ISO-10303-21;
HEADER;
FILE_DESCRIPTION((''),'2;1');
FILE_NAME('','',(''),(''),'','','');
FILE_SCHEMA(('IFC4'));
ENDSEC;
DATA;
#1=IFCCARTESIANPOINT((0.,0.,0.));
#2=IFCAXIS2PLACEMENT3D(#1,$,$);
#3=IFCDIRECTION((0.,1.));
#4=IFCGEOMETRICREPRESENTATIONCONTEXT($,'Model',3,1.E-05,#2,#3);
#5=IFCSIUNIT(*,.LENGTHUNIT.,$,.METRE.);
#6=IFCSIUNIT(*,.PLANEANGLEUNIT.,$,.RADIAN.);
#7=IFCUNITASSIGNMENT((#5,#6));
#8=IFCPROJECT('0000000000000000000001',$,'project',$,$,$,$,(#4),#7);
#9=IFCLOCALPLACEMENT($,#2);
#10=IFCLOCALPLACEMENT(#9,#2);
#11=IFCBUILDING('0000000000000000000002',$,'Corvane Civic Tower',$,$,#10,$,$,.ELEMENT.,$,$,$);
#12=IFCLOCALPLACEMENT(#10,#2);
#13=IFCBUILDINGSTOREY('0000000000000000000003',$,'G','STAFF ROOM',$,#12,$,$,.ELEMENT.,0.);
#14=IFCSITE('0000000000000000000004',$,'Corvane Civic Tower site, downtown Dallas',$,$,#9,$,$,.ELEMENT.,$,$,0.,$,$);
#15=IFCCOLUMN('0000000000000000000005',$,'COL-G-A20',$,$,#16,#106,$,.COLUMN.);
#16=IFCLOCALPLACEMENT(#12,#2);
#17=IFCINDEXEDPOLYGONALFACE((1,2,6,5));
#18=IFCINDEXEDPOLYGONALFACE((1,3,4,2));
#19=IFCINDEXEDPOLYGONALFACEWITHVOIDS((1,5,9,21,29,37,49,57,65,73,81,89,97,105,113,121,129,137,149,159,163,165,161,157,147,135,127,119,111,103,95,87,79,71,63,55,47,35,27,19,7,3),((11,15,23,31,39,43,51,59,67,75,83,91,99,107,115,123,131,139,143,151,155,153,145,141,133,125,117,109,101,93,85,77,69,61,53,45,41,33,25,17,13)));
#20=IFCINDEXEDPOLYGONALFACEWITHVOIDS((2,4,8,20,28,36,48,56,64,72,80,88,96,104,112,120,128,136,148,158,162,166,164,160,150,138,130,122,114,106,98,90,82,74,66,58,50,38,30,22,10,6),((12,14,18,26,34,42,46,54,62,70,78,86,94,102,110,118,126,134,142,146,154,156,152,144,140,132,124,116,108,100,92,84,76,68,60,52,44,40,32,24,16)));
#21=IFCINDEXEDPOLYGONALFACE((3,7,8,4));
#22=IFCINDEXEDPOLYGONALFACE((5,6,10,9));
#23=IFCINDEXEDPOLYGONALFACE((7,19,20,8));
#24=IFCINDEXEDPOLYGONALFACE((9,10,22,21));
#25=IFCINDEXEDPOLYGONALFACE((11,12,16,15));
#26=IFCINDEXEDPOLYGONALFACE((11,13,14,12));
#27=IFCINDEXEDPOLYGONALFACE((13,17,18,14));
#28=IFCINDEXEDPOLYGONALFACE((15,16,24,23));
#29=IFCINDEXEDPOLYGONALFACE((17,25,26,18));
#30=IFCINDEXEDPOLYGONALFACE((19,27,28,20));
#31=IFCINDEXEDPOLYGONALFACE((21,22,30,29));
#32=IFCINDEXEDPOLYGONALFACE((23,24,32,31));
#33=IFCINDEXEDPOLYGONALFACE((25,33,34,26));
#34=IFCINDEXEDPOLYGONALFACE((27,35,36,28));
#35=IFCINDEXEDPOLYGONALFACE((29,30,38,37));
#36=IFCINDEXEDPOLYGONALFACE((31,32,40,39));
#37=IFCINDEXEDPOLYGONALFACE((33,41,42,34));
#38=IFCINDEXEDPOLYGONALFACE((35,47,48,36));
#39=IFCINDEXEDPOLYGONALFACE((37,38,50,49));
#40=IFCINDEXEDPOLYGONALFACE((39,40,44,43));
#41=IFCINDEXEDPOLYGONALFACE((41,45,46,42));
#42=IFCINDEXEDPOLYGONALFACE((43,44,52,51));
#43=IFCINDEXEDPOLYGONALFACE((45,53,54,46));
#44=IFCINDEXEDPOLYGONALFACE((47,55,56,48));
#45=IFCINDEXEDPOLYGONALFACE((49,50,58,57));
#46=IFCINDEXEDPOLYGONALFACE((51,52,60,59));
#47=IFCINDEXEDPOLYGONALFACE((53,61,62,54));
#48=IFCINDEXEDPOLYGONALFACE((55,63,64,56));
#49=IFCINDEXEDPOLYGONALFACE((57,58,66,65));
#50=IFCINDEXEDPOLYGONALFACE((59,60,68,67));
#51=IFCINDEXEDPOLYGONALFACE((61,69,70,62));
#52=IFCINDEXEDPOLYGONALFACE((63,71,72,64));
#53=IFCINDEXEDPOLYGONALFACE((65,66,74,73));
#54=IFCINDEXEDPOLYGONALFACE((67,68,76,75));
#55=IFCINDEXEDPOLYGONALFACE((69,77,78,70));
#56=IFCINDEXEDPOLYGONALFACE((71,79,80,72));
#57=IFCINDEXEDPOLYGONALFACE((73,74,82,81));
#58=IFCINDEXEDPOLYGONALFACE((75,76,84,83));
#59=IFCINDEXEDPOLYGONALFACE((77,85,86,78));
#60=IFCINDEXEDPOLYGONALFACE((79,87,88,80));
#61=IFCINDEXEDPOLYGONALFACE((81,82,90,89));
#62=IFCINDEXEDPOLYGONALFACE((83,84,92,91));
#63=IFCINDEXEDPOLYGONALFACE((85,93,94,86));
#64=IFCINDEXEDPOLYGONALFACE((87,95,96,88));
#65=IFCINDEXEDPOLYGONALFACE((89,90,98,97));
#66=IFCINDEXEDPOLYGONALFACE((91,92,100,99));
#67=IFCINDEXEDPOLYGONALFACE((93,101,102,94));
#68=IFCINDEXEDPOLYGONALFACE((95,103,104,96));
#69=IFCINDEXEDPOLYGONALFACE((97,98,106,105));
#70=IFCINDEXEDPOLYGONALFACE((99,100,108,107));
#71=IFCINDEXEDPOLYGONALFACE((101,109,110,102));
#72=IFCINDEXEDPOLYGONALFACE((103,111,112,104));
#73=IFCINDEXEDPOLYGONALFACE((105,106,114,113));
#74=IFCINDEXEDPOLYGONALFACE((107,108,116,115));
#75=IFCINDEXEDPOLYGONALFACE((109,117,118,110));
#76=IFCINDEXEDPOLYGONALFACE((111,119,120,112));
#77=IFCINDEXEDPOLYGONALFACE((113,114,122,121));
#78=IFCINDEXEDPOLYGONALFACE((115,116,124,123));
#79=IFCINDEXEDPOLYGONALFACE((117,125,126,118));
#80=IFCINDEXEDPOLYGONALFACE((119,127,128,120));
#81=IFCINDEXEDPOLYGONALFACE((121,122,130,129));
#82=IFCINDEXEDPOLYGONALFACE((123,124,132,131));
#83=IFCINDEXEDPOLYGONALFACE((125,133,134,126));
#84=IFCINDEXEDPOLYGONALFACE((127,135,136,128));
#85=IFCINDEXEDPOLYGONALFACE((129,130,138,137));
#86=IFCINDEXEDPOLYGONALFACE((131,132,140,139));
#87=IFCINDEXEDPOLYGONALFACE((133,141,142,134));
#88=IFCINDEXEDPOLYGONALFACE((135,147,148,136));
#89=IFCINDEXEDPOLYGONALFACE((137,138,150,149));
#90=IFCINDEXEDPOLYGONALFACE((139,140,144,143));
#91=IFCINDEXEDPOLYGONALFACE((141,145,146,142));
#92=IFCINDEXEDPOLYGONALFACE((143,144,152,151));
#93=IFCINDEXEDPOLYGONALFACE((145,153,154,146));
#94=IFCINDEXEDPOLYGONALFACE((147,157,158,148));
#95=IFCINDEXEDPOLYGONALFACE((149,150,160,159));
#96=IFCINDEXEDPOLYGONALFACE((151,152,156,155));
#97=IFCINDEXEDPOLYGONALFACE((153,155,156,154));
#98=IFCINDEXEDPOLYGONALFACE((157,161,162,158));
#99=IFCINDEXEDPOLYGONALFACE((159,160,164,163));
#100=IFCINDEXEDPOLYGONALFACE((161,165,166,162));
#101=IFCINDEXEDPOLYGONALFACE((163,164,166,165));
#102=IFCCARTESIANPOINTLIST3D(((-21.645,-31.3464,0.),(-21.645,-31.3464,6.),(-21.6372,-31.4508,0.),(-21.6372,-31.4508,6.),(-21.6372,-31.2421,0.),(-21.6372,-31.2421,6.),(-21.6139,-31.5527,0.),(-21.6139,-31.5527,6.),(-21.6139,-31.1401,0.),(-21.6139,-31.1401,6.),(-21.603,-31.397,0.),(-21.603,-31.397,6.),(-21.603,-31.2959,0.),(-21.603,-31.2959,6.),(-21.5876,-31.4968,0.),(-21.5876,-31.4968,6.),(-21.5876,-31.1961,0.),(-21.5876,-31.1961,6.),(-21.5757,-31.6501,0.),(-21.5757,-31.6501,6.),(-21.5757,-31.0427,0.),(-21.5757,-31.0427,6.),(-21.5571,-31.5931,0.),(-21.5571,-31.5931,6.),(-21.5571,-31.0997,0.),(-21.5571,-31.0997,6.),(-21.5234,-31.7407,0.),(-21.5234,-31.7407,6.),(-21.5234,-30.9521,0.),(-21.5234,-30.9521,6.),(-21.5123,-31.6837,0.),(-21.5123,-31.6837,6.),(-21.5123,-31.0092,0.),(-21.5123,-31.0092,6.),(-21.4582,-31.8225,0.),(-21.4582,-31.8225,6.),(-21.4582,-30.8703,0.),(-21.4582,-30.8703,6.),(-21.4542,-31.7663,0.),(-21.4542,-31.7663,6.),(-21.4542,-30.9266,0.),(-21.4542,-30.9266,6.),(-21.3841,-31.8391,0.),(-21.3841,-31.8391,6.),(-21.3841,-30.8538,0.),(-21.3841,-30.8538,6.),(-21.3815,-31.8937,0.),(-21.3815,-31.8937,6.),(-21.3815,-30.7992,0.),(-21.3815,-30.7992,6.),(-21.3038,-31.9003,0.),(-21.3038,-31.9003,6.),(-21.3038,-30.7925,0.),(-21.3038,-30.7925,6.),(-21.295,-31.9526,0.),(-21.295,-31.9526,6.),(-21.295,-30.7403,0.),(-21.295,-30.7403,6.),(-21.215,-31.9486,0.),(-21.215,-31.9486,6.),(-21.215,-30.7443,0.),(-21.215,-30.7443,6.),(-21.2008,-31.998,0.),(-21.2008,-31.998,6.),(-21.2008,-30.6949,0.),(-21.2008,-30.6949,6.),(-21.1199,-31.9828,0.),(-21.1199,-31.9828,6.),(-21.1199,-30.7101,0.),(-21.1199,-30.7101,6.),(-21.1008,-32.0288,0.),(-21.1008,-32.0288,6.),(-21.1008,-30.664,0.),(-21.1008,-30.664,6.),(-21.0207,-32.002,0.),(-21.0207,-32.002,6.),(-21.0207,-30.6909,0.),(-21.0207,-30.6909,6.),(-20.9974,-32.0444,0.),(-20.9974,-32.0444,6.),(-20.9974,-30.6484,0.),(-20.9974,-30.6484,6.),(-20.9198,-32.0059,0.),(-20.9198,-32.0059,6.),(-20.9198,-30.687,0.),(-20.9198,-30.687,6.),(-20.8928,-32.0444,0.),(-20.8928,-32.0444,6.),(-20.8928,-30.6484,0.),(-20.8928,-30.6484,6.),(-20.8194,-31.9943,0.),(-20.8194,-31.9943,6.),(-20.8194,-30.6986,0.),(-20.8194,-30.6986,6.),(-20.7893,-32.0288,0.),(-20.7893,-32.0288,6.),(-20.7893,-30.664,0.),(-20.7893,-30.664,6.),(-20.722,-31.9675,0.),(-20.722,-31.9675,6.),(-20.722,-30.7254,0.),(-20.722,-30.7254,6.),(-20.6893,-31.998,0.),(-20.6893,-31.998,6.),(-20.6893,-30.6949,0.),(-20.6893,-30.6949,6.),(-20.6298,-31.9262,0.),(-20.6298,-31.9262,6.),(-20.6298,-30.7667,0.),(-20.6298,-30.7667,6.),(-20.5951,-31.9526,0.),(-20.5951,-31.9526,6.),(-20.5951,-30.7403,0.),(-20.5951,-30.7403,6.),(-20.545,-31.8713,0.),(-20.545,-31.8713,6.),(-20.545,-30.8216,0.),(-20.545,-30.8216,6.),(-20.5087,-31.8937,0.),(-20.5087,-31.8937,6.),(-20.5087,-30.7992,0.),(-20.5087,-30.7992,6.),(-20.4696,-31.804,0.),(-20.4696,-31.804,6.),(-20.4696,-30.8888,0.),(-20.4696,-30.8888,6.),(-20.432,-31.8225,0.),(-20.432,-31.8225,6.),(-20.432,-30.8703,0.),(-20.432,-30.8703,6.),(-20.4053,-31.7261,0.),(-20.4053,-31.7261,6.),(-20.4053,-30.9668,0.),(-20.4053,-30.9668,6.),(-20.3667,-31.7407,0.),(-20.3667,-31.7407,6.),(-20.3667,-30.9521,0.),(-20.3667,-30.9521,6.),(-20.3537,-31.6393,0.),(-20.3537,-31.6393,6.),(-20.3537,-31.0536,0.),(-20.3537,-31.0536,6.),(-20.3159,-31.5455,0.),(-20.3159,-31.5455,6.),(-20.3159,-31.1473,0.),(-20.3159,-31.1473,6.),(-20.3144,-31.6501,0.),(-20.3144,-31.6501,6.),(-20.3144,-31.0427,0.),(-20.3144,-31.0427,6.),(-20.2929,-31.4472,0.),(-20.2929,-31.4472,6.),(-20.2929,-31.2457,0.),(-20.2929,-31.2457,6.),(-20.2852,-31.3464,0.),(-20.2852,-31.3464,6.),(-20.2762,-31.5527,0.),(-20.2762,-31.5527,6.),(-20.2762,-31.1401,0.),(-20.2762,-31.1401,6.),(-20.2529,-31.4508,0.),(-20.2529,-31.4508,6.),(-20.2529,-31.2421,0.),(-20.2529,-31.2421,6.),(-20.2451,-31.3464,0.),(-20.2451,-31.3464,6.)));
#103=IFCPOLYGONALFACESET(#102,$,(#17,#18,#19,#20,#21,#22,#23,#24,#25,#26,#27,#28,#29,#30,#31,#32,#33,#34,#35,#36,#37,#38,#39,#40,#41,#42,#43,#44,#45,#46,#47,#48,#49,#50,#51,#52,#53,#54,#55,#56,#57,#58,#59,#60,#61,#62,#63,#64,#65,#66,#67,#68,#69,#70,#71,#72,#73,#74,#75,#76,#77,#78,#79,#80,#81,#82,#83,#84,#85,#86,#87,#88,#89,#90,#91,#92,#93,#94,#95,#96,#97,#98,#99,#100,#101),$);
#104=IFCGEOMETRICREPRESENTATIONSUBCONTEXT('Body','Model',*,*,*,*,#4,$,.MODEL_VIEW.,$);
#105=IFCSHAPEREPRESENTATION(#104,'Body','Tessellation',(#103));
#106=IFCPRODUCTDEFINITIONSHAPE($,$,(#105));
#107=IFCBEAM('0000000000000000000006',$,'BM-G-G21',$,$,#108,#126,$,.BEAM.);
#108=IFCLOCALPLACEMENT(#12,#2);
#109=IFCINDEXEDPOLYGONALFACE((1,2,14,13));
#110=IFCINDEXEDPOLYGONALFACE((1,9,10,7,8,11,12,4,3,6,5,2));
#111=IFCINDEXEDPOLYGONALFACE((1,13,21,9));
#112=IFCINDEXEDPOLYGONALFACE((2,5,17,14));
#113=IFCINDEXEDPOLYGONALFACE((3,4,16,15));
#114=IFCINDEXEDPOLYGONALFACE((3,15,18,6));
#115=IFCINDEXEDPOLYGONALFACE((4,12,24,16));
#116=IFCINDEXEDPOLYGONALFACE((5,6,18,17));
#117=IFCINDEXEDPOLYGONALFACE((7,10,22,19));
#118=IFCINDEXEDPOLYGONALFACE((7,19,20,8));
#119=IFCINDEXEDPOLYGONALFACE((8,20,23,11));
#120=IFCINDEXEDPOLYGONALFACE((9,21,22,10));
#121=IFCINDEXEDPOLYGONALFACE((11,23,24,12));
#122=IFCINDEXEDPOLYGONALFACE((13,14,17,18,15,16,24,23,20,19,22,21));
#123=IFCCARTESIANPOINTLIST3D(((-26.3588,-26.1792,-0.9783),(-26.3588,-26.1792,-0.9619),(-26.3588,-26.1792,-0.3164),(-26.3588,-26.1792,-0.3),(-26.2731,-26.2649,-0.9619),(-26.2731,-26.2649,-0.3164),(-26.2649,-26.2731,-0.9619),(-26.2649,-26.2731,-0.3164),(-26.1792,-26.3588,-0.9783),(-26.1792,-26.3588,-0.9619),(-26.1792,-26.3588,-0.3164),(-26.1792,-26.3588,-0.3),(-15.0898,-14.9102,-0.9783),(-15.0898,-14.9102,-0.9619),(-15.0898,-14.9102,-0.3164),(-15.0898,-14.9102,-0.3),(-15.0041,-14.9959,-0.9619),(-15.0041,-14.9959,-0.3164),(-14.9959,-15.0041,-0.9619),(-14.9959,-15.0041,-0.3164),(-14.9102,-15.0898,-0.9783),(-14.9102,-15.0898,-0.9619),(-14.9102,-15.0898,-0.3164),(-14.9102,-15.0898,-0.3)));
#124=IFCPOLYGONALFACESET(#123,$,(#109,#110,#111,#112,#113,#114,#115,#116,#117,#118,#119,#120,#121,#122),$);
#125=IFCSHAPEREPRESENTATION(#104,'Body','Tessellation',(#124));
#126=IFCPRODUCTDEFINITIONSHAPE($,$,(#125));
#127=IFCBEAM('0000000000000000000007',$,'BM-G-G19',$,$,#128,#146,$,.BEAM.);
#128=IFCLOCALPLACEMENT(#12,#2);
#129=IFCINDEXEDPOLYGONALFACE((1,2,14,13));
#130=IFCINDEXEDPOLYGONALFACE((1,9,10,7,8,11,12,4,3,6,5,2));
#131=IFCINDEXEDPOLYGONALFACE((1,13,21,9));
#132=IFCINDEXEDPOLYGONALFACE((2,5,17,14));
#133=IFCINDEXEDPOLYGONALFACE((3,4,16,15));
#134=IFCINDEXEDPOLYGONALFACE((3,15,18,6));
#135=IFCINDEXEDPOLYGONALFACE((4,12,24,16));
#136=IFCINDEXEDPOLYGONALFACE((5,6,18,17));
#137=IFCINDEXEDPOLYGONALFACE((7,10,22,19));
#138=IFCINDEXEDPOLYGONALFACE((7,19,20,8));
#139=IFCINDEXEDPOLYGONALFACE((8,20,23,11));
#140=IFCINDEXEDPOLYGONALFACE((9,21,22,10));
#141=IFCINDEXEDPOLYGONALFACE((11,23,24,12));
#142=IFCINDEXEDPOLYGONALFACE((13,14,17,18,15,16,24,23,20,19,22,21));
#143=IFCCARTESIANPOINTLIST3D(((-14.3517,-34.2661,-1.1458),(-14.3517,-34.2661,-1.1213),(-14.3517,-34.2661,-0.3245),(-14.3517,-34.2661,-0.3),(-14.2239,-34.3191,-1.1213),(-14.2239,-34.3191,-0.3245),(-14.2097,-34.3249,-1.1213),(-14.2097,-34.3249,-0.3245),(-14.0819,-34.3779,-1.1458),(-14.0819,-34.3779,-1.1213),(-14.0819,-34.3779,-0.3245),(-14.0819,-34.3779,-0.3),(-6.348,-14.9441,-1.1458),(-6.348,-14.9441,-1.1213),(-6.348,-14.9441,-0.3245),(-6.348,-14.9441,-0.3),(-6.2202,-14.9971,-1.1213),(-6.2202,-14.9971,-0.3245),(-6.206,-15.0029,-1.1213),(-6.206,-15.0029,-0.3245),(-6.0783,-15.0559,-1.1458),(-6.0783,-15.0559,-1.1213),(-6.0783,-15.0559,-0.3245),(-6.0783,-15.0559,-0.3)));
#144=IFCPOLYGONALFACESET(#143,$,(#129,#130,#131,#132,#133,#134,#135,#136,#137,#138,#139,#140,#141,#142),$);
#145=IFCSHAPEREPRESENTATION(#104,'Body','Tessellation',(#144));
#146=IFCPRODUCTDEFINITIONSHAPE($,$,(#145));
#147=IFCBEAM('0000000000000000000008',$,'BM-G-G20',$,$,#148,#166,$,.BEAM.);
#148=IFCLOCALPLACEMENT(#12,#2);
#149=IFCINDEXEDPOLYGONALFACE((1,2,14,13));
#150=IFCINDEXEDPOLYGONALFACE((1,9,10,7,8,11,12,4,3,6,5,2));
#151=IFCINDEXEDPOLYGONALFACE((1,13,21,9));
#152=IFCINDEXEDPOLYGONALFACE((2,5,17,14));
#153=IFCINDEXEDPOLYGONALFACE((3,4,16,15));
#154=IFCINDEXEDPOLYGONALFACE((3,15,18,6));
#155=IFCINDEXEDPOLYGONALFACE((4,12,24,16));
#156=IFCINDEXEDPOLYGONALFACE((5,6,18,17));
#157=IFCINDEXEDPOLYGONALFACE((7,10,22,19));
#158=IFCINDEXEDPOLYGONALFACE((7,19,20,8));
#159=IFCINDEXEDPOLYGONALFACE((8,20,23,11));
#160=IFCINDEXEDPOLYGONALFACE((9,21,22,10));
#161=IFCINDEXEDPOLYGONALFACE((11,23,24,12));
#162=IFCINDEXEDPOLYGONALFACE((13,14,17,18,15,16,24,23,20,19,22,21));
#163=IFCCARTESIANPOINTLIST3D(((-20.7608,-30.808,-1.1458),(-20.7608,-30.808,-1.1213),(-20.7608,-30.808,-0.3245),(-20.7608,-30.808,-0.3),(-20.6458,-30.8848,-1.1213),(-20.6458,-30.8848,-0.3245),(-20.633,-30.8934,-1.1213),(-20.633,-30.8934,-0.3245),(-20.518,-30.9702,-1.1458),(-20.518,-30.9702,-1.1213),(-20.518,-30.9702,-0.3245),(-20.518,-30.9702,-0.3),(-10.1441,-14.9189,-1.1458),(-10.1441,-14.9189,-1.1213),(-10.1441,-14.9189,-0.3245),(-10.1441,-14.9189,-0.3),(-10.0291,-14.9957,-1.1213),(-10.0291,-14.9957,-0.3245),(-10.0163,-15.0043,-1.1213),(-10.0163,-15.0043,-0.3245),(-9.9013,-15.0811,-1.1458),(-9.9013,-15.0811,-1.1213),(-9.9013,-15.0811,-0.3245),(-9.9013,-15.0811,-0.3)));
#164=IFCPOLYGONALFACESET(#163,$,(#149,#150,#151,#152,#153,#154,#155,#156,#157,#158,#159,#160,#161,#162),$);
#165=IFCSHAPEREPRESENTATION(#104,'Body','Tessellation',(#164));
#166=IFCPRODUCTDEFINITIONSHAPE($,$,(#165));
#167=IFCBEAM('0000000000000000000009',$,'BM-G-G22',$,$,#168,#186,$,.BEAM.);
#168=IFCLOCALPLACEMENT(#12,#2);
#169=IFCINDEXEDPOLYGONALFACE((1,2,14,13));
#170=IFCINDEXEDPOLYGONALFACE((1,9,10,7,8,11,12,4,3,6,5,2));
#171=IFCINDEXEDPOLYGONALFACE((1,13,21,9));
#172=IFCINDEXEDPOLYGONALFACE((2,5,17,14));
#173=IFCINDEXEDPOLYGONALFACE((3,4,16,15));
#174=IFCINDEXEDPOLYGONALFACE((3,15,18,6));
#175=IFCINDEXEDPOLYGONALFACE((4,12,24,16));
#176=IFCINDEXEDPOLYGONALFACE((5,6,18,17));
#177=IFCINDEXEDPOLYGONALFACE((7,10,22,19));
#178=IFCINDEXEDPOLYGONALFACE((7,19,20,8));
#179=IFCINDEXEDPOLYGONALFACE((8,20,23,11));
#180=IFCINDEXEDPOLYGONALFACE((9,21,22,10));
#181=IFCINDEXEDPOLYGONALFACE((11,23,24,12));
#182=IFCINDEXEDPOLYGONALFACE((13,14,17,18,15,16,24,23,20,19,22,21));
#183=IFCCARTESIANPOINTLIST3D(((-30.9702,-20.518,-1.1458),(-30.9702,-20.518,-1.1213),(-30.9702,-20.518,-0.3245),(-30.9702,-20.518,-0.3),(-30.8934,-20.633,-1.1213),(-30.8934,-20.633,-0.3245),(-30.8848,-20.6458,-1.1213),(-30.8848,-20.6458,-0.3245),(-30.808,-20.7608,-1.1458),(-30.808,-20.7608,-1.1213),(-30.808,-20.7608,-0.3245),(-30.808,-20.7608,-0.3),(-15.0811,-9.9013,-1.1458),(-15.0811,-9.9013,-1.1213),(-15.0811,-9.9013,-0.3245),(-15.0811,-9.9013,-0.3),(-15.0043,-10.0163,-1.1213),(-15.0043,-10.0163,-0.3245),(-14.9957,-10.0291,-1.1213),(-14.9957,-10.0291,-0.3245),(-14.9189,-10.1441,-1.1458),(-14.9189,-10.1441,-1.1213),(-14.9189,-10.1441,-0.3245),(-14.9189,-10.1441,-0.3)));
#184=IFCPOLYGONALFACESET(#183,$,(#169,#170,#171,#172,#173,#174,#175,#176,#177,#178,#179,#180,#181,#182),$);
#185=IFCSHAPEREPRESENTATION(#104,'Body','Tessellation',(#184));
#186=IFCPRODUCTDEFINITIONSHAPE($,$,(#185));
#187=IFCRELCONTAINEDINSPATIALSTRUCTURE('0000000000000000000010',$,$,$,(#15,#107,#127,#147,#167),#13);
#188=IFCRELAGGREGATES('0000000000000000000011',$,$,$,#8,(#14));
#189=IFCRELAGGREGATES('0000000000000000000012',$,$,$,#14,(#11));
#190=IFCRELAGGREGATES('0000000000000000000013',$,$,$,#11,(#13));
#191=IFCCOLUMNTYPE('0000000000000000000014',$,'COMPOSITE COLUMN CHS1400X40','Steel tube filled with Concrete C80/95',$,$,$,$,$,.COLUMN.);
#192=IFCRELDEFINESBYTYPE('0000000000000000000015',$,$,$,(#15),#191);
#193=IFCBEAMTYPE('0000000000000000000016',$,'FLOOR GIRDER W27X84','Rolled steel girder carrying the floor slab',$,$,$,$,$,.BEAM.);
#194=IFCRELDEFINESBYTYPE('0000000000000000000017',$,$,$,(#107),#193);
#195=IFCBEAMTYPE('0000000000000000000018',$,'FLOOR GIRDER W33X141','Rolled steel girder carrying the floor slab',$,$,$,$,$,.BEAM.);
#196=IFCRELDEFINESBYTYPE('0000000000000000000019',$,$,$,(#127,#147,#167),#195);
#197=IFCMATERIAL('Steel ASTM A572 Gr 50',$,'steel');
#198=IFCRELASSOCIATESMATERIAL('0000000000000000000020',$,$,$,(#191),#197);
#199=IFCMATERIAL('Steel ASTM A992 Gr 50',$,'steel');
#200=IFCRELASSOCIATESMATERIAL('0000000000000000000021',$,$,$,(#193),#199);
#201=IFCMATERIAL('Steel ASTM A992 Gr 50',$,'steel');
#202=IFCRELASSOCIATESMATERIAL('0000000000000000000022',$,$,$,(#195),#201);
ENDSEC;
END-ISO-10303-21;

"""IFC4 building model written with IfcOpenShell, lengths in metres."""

from ifc_helpers import new_model, si_unit, direction, frame, origin, origin_2d, place, context, subcontext, project, spatial, hollow_circle, i_section, extrude, material, material_profile, profile_set, type_object, element, save


model = new_model("IFC4")

# Units and contexts
model_context = context("Model", 3, precision=1e-05, world=origin(), true_north=direction((0.0, 1.0)))
body_context = subcontext(model_context, "Body", "Model", "MODEL_VIEW")
ifc_project = project(units=[si_unit("LENGTHUNIT", "METRE"), si_unit("PLANEANGLEUNIT", "RADIAN")], contexts=[model_context])

# Site, building, storey
site_placement = place(None, origin())
site = spatial("IfcSite", under=ifc_project, at=site_placement, Name="Corvane Civic Tower site, downtown Dallas", CompositionType="ELEMENT", RefElevation=0.0)
building_placement = place(site_placement, origin())
building = spatial("IfcBuilding", under=site, at=building_placement, Name="Corvane Civic Tower", CompositionType="ELEMENT")
storey_placement = place(building_placement, origin())
storey = spatial("IfcBuildingStorey", under=building, at=storey_placement, Name="G", Description="STAFF ROOM", CompositionType="ELEMENT", Elevation=0.0)

# Column
ifc_material_1 = material(Name="Steel ASTM A572 Gr 50", Category="steel")
ifc_material_profile_1 = material_profile(ifc_material_1, hollow_circle(Radius=0.7, WallThickness=0.04, at=origin_2d()), Name="CHS1400X40")
ifc_profile_set_1 = profile_set([ifc_material_profile_1], Name="Steel ASTM A572 Gr 50")
column_type = type_object("IfcColumnType", Name="COMPOSITE COLUMN CHS1400X40", Description="Steel tube filled with Concrete C80/95", PredefinedType="COLUMN", material=ifc_profile_set_1)
column_placement = place(storey_placement, frame((-20.9451, -31.3464, 0.0), z_axis=(0.0, 0.0, 1.0), x_axis=(1.0, 0.0, 0.0)))
element("IfcColumn", 1, at=column_placement, inside=storey, type_object=column_type, Name="COL-G-A20", PredefinedType="COLUMN", context=body_context, shape_type="SweptSolid", body=[
    extrude(hollow_circle(Radius=0.7, WallThickness=0.04, at=origin_2d()), origin(), (0.0, 0.0, 1.0), 6.0),
])

# Beams
ifc_material_2 = material(Name="Steel ASTM A992 Gr 50", Category="steel")
ifc_material_profile_2 = material_profile(ifc_material_2, i_section(OverallWidth=0.2539, OverallDepth=0.6782, WebThickness=0.0117, FlangeThickness=0.0164, at=origin_2d()), Name="W27X84")
ifc_profile_set_2 = profile_set([ifc_material_profile_2], Name="Steel ASTM A992 Gr 50")
beam_type_1 = type_object("IfcBeamType", Name="FLOOR GIRDER W27X84", Description="Rolled steel girder carrying the floor slab", PredefinedType="BEAM", material=ifc_profile_set_2)
beam_1_placement = place(storey_placement, frame((-15.0, -15.0, -0.6392), z_axis=(-0.707107, -0.707107, 0.0), x_axis=(0.707107, -0.707107, 0.0)))
element("IfcBeam", 2, at=beam_1_placement, inside=storey, type_object=beam_type_1, Name="BM-G-G21", PredefinedType="BEAM", context=body_context, shape_type="SweptSolid", body=[
    extrude(i_section(OverallWidth=0.2539, OverallDepth=0.6782, WebThickness=0.0117, FlangeThickness=0.0164, at=origin_2d()), origin(), (0.0, 0.0, 1.0), 15.9368),
])
ifc_material_3 = material(Name="Steel ASTM A992 Gr 50", Category="steel")
ifc_material_profile_3 = material_profile(ifc_material_3, i_section(OverallWidth=0.292, OverallDepth=0.8457, WebThickness=0.0154, FlangeThickness=0.0244, at=origin_2d()), Name="W33X141")
ifc_profile_set_3 = profile_set([ifc_material_profile_3], Name="Steel ASTM A992 Gr 50")
beam_type_2 = type_object("IfcBeamType", Name="FLOOR GIRDER W33X141", Description="Rolled steel girder carrying the floor slab", PredefinedType="BEAM", material=ifc_profile_set_3)
beam_2_placement = place(storey_placement, frame((-6.2131, -15.0, -0.7229), z_axis=(-0.382692, -0.923876, 0.0), x_axis=(0.923876, -0.382692, 0.0)))
element("IfcBeam", 3, at=beam_2_placement, inside=storey, type_object=beam_type_2, Name="BM-G-G19", PredefinedType="BEAM", context=body_context, shape_type="SweptSolid", body=[
    extrude(i_section(OverallWidth=0.292, OverallDepth=0.8457, WebThickness=0.0154, FlangeThickness=0.0244, at=origin_2d()), origin(), (0.0, 0.0, 1.0), 20.9141),
])
for number, where, z_axis, x_axis, name in (
    (4, (-10.0227, -15.0, -0.7229), (-0.555567, -0.831472, 0.0), (0.831472, -0.555567, 0.0), "BM-G-G20"),
    (5, (-15.0, -10.0227, -0.7229), (-0.831472, -0.555567, 0.0), (0.555567, -0.831472, 0.0), "BM-G-G22"),
):
    element("IfcBeam", number, at=place(storey_placement, frame(where, z_axis=z_axis, x_axis=x_axis)), inside=storey, type_object=beam_type_2, Name=name, PredefinedType="BEAM", context=body_context, shape_type="SweptSolid", body=[
        extrude(i_section(OverallWidth=0.292, OverallDepth=0.8457, WebThickness=0.0154, FlangeThickness=0.0244, at=origin_2d()), origin(), (0.0, 0.0, 1.0), 19.1096),
    ])

save(model, "model.ifc")
